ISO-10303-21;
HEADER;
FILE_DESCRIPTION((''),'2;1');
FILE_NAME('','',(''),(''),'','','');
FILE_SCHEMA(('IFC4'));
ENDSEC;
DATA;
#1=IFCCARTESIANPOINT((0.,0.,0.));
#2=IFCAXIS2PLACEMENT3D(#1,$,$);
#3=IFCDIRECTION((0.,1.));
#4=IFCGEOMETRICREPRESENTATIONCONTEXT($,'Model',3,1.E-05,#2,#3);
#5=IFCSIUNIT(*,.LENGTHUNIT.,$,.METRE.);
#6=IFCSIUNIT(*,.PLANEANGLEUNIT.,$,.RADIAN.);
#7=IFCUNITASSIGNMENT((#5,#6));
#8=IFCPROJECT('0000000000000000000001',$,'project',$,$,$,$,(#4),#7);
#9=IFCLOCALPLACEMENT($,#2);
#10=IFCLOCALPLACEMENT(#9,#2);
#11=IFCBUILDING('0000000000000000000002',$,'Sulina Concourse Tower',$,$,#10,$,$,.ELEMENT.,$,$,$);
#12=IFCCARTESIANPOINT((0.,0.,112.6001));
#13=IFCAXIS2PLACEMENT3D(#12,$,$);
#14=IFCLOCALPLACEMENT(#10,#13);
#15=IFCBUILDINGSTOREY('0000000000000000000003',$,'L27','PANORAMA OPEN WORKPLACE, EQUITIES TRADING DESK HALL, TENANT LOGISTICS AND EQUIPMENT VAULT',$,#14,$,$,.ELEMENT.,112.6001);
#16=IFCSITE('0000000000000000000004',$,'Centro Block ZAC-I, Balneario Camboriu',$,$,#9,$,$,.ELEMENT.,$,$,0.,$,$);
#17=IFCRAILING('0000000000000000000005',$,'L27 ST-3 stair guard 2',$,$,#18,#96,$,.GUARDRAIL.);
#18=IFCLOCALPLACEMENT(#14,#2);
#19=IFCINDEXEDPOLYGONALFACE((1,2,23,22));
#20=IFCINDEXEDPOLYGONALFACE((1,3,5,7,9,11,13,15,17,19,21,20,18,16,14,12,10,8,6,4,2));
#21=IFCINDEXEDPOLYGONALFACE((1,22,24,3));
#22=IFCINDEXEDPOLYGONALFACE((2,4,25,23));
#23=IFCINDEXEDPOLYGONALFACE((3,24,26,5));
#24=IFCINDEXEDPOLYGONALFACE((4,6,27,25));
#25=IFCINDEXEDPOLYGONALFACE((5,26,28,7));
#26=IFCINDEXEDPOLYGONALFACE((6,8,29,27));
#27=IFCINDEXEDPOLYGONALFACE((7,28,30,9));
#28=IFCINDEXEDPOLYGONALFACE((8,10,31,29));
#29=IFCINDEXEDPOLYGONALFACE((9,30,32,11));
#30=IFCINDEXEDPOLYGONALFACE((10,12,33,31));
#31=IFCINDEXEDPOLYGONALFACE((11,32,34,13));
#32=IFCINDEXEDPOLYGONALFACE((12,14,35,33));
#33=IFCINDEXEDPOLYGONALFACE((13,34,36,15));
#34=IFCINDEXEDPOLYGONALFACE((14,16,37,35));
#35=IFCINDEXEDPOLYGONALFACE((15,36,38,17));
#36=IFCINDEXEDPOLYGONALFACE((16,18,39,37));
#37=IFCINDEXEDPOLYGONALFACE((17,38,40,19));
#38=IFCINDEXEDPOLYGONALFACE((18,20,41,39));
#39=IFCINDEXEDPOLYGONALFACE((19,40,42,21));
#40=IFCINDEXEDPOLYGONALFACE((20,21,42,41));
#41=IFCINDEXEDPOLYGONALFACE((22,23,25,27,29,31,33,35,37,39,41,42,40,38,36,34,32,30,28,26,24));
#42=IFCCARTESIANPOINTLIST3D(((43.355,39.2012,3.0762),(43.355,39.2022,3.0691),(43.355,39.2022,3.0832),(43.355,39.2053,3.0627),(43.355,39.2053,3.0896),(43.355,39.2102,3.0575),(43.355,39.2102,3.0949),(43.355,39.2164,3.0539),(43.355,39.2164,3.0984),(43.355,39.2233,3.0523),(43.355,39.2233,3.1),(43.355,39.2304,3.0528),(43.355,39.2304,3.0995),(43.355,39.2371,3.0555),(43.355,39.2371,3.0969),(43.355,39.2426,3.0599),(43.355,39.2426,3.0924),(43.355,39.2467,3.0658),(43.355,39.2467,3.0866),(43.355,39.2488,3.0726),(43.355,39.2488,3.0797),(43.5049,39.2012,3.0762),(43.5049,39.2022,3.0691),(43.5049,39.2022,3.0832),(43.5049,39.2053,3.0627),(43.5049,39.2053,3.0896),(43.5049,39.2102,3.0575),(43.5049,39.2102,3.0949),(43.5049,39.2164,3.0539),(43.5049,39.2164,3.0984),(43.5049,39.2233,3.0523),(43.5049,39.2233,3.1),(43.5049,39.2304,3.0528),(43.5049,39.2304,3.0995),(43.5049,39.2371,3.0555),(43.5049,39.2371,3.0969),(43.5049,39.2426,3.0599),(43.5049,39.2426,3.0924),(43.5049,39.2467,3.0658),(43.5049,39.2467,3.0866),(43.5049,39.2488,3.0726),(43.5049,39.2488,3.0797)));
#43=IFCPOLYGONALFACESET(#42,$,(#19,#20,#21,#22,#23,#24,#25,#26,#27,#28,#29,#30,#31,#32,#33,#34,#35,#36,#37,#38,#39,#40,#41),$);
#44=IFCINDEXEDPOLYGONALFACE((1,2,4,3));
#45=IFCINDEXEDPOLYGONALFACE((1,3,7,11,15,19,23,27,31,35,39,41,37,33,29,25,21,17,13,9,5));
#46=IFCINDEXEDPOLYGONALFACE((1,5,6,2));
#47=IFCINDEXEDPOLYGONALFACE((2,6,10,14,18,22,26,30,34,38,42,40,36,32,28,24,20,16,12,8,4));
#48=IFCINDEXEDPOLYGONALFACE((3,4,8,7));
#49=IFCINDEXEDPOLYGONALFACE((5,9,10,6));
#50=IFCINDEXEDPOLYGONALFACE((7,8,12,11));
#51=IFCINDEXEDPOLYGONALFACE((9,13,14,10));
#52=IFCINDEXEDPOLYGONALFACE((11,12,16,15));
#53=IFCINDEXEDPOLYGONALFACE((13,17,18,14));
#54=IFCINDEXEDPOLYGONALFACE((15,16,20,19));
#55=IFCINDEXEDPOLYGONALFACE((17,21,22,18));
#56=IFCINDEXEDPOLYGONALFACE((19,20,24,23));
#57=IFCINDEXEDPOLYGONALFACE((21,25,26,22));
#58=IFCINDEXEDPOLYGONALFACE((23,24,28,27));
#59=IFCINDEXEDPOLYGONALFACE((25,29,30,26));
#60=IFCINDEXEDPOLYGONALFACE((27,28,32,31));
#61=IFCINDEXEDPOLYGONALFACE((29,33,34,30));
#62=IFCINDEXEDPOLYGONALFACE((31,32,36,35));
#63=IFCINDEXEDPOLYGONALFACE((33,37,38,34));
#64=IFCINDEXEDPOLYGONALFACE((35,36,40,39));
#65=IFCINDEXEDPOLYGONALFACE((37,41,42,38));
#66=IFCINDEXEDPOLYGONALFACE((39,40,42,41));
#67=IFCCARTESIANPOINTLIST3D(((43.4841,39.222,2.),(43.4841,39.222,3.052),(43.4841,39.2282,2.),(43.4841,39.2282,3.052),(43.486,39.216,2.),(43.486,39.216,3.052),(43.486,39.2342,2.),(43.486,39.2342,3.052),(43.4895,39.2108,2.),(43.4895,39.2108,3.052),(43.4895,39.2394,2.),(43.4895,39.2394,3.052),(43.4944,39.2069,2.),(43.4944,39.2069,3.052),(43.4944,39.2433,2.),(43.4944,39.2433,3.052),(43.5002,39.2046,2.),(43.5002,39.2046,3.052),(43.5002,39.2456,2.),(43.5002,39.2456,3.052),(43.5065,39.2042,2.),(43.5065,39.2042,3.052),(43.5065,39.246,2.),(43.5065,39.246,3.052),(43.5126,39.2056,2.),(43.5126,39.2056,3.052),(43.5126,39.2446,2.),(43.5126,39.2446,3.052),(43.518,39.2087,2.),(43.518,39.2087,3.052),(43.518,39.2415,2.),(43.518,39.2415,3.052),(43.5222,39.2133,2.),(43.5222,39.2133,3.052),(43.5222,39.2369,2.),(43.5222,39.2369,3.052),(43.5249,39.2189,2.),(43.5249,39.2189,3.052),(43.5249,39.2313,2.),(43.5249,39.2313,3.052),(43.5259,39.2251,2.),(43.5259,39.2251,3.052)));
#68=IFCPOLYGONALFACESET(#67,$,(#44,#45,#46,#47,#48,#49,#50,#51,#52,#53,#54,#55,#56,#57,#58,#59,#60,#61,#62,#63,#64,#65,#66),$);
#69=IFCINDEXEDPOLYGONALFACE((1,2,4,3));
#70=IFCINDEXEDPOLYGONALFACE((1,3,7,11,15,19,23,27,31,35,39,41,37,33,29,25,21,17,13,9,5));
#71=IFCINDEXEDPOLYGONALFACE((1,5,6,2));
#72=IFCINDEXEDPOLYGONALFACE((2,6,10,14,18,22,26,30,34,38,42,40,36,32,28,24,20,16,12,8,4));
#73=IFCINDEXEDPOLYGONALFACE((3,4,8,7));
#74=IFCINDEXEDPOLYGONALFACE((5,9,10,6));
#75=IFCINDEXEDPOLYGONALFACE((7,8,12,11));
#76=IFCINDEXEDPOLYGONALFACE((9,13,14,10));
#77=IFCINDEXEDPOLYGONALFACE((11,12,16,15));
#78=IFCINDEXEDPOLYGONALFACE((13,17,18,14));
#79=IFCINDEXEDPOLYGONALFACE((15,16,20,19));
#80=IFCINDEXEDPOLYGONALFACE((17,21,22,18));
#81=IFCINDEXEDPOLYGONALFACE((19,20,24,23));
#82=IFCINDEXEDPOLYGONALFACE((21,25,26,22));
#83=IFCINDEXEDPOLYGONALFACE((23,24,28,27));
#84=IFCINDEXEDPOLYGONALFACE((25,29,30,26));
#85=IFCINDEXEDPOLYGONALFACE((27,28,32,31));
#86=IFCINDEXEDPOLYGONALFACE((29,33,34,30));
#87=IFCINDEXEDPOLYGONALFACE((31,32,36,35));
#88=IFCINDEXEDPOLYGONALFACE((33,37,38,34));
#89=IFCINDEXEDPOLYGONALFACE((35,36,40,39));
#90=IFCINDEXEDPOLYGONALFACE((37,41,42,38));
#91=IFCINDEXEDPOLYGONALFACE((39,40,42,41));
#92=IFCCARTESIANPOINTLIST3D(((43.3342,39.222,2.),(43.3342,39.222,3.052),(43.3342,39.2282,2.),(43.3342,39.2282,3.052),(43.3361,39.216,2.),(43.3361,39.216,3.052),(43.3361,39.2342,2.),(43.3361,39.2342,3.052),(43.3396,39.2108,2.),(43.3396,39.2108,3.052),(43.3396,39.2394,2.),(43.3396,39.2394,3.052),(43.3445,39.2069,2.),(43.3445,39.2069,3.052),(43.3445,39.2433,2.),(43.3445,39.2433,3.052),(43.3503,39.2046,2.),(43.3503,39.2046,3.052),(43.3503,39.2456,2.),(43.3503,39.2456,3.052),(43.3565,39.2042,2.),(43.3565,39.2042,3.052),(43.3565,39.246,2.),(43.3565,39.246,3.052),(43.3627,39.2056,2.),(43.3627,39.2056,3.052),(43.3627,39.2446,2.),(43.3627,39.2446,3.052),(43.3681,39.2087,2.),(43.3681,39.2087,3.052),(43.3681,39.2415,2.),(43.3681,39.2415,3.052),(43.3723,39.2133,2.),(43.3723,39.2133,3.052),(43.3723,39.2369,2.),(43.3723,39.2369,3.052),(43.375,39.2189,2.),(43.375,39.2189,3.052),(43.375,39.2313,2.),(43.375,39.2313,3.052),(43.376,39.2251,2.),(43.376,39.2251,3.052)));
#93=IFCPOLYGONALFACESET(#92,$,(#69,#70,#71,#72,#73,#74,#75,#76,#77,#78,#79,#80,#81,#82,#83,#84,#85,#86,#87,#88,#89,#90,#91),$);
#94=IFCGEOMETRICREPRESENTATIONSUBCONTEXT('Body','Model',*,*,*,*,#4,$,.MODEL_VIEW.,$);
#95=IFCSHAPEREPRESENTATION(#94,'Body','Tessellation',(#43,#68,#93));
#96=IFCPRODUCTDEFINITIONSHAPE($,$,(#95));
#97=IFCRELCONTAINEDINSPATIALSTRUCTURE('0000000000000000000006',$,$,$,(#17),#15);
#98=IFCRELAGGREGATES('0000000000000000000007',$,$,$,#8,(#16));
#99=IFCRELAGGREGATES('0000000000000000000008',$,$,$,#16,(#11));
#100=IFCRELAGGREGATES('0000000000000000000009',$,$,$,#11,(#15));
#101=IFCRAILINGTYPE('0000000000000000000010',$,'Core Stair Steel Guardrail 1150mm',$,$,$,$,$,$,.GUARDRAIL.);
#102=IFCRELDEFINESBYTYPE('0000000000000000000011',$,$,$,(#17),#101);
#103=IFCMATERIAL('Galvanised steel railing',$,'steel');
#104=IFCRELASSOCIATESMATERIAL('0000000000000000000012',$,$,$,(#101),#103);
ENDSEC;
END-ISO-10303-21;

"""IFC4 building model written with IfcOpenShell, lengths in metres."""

from ifc_helpers import new_model, si_unit, direction, frame, origin, origin_2d, place, context, subcontext, project, spatial, circle, extrude, material, type_object, element, save


model = new_model("IFC4")

# Units and contexts
model_context = context("Model", 3, precision=1e-05, world=origin(), true_north=direction((0.0, 1.0)))
body_context = subcontext(model_context, "Body", "Model", "MODEL_VIEW")
ifc_project = project(units=[si_unit("LENGTHUNIT", "METRE"), si_unit("PLANEANGLEUNIT", "RADIAN")], contexts=[model_context])

# Site, building, storey
site_placement = place(None, origin())
site = spatial("IfcSite", under=ifc_project, at=site_placement, Name="Centro Block ZAC-I, Balneario Camboriu", CompositionType="ELEMENT", RefElevation=0.0)
building_placement = place(site_placement, origin())
building = spatial("IfcBuilding", under=site, at=building_placement, Name="Sulina Concourse Tower", CompositionType="ELEMENT")
storey_placement = place(building_placement, frame((0.0, 0.0, 112.6001)))
storey = spatial("IfcBuildingStorey", under=building, at=storey_placement, Name="L27", Description="PANORAMA OPEN WORKPLACE, EQUITIES TRADING DESK HALL, TENANT LOGISTICS AND EQUIPMENT VAULT", CompositionType="ELEMENT", Elevation=112.6001)

# Railing
ifc_material_1 = material(Name="Galvanised steel railing", Category="steel")
railing_type_1 = type_object("IfcRailingType", Name="Core Stair Steel Guardrail 1150mm", PredefinedType="GUARDRAIL", material=ifc_material_1)
railing_1_placement = place(storey_placement, frame((43.5049, 39.2251, 2.0)))
element("IfcRailing", 1, at=railing_1_placement, inside=storey, type_object=railing_type_1, Name="L27 ST-3 stair guard 2", PredefinedType="GUARDRAIL", context=body_context, shape_type="SweptSolid", body=[
    extrude(circle(Radius=0.0239, at=origin_2d()), frame((0.0, 0.0, 1.0762), z_axis=(-1.0, 0.0, 0.0), x_axis=(0.0, -1.0, 0.0)), (0.0, 0.0, 1.0), 0.1499),
    extrude(circle(Radius=0.021, at=origin_2d()), origin(), (0.0, 0.0, 1.0), 1.052),
    extrude(circle(Radius=0.021, at=origin_2d()), frame((-0.1499, 0.0, 0.0)), (0.0, 0.0, 1.0), 1.052),
])

save(model, "model.ifc")
